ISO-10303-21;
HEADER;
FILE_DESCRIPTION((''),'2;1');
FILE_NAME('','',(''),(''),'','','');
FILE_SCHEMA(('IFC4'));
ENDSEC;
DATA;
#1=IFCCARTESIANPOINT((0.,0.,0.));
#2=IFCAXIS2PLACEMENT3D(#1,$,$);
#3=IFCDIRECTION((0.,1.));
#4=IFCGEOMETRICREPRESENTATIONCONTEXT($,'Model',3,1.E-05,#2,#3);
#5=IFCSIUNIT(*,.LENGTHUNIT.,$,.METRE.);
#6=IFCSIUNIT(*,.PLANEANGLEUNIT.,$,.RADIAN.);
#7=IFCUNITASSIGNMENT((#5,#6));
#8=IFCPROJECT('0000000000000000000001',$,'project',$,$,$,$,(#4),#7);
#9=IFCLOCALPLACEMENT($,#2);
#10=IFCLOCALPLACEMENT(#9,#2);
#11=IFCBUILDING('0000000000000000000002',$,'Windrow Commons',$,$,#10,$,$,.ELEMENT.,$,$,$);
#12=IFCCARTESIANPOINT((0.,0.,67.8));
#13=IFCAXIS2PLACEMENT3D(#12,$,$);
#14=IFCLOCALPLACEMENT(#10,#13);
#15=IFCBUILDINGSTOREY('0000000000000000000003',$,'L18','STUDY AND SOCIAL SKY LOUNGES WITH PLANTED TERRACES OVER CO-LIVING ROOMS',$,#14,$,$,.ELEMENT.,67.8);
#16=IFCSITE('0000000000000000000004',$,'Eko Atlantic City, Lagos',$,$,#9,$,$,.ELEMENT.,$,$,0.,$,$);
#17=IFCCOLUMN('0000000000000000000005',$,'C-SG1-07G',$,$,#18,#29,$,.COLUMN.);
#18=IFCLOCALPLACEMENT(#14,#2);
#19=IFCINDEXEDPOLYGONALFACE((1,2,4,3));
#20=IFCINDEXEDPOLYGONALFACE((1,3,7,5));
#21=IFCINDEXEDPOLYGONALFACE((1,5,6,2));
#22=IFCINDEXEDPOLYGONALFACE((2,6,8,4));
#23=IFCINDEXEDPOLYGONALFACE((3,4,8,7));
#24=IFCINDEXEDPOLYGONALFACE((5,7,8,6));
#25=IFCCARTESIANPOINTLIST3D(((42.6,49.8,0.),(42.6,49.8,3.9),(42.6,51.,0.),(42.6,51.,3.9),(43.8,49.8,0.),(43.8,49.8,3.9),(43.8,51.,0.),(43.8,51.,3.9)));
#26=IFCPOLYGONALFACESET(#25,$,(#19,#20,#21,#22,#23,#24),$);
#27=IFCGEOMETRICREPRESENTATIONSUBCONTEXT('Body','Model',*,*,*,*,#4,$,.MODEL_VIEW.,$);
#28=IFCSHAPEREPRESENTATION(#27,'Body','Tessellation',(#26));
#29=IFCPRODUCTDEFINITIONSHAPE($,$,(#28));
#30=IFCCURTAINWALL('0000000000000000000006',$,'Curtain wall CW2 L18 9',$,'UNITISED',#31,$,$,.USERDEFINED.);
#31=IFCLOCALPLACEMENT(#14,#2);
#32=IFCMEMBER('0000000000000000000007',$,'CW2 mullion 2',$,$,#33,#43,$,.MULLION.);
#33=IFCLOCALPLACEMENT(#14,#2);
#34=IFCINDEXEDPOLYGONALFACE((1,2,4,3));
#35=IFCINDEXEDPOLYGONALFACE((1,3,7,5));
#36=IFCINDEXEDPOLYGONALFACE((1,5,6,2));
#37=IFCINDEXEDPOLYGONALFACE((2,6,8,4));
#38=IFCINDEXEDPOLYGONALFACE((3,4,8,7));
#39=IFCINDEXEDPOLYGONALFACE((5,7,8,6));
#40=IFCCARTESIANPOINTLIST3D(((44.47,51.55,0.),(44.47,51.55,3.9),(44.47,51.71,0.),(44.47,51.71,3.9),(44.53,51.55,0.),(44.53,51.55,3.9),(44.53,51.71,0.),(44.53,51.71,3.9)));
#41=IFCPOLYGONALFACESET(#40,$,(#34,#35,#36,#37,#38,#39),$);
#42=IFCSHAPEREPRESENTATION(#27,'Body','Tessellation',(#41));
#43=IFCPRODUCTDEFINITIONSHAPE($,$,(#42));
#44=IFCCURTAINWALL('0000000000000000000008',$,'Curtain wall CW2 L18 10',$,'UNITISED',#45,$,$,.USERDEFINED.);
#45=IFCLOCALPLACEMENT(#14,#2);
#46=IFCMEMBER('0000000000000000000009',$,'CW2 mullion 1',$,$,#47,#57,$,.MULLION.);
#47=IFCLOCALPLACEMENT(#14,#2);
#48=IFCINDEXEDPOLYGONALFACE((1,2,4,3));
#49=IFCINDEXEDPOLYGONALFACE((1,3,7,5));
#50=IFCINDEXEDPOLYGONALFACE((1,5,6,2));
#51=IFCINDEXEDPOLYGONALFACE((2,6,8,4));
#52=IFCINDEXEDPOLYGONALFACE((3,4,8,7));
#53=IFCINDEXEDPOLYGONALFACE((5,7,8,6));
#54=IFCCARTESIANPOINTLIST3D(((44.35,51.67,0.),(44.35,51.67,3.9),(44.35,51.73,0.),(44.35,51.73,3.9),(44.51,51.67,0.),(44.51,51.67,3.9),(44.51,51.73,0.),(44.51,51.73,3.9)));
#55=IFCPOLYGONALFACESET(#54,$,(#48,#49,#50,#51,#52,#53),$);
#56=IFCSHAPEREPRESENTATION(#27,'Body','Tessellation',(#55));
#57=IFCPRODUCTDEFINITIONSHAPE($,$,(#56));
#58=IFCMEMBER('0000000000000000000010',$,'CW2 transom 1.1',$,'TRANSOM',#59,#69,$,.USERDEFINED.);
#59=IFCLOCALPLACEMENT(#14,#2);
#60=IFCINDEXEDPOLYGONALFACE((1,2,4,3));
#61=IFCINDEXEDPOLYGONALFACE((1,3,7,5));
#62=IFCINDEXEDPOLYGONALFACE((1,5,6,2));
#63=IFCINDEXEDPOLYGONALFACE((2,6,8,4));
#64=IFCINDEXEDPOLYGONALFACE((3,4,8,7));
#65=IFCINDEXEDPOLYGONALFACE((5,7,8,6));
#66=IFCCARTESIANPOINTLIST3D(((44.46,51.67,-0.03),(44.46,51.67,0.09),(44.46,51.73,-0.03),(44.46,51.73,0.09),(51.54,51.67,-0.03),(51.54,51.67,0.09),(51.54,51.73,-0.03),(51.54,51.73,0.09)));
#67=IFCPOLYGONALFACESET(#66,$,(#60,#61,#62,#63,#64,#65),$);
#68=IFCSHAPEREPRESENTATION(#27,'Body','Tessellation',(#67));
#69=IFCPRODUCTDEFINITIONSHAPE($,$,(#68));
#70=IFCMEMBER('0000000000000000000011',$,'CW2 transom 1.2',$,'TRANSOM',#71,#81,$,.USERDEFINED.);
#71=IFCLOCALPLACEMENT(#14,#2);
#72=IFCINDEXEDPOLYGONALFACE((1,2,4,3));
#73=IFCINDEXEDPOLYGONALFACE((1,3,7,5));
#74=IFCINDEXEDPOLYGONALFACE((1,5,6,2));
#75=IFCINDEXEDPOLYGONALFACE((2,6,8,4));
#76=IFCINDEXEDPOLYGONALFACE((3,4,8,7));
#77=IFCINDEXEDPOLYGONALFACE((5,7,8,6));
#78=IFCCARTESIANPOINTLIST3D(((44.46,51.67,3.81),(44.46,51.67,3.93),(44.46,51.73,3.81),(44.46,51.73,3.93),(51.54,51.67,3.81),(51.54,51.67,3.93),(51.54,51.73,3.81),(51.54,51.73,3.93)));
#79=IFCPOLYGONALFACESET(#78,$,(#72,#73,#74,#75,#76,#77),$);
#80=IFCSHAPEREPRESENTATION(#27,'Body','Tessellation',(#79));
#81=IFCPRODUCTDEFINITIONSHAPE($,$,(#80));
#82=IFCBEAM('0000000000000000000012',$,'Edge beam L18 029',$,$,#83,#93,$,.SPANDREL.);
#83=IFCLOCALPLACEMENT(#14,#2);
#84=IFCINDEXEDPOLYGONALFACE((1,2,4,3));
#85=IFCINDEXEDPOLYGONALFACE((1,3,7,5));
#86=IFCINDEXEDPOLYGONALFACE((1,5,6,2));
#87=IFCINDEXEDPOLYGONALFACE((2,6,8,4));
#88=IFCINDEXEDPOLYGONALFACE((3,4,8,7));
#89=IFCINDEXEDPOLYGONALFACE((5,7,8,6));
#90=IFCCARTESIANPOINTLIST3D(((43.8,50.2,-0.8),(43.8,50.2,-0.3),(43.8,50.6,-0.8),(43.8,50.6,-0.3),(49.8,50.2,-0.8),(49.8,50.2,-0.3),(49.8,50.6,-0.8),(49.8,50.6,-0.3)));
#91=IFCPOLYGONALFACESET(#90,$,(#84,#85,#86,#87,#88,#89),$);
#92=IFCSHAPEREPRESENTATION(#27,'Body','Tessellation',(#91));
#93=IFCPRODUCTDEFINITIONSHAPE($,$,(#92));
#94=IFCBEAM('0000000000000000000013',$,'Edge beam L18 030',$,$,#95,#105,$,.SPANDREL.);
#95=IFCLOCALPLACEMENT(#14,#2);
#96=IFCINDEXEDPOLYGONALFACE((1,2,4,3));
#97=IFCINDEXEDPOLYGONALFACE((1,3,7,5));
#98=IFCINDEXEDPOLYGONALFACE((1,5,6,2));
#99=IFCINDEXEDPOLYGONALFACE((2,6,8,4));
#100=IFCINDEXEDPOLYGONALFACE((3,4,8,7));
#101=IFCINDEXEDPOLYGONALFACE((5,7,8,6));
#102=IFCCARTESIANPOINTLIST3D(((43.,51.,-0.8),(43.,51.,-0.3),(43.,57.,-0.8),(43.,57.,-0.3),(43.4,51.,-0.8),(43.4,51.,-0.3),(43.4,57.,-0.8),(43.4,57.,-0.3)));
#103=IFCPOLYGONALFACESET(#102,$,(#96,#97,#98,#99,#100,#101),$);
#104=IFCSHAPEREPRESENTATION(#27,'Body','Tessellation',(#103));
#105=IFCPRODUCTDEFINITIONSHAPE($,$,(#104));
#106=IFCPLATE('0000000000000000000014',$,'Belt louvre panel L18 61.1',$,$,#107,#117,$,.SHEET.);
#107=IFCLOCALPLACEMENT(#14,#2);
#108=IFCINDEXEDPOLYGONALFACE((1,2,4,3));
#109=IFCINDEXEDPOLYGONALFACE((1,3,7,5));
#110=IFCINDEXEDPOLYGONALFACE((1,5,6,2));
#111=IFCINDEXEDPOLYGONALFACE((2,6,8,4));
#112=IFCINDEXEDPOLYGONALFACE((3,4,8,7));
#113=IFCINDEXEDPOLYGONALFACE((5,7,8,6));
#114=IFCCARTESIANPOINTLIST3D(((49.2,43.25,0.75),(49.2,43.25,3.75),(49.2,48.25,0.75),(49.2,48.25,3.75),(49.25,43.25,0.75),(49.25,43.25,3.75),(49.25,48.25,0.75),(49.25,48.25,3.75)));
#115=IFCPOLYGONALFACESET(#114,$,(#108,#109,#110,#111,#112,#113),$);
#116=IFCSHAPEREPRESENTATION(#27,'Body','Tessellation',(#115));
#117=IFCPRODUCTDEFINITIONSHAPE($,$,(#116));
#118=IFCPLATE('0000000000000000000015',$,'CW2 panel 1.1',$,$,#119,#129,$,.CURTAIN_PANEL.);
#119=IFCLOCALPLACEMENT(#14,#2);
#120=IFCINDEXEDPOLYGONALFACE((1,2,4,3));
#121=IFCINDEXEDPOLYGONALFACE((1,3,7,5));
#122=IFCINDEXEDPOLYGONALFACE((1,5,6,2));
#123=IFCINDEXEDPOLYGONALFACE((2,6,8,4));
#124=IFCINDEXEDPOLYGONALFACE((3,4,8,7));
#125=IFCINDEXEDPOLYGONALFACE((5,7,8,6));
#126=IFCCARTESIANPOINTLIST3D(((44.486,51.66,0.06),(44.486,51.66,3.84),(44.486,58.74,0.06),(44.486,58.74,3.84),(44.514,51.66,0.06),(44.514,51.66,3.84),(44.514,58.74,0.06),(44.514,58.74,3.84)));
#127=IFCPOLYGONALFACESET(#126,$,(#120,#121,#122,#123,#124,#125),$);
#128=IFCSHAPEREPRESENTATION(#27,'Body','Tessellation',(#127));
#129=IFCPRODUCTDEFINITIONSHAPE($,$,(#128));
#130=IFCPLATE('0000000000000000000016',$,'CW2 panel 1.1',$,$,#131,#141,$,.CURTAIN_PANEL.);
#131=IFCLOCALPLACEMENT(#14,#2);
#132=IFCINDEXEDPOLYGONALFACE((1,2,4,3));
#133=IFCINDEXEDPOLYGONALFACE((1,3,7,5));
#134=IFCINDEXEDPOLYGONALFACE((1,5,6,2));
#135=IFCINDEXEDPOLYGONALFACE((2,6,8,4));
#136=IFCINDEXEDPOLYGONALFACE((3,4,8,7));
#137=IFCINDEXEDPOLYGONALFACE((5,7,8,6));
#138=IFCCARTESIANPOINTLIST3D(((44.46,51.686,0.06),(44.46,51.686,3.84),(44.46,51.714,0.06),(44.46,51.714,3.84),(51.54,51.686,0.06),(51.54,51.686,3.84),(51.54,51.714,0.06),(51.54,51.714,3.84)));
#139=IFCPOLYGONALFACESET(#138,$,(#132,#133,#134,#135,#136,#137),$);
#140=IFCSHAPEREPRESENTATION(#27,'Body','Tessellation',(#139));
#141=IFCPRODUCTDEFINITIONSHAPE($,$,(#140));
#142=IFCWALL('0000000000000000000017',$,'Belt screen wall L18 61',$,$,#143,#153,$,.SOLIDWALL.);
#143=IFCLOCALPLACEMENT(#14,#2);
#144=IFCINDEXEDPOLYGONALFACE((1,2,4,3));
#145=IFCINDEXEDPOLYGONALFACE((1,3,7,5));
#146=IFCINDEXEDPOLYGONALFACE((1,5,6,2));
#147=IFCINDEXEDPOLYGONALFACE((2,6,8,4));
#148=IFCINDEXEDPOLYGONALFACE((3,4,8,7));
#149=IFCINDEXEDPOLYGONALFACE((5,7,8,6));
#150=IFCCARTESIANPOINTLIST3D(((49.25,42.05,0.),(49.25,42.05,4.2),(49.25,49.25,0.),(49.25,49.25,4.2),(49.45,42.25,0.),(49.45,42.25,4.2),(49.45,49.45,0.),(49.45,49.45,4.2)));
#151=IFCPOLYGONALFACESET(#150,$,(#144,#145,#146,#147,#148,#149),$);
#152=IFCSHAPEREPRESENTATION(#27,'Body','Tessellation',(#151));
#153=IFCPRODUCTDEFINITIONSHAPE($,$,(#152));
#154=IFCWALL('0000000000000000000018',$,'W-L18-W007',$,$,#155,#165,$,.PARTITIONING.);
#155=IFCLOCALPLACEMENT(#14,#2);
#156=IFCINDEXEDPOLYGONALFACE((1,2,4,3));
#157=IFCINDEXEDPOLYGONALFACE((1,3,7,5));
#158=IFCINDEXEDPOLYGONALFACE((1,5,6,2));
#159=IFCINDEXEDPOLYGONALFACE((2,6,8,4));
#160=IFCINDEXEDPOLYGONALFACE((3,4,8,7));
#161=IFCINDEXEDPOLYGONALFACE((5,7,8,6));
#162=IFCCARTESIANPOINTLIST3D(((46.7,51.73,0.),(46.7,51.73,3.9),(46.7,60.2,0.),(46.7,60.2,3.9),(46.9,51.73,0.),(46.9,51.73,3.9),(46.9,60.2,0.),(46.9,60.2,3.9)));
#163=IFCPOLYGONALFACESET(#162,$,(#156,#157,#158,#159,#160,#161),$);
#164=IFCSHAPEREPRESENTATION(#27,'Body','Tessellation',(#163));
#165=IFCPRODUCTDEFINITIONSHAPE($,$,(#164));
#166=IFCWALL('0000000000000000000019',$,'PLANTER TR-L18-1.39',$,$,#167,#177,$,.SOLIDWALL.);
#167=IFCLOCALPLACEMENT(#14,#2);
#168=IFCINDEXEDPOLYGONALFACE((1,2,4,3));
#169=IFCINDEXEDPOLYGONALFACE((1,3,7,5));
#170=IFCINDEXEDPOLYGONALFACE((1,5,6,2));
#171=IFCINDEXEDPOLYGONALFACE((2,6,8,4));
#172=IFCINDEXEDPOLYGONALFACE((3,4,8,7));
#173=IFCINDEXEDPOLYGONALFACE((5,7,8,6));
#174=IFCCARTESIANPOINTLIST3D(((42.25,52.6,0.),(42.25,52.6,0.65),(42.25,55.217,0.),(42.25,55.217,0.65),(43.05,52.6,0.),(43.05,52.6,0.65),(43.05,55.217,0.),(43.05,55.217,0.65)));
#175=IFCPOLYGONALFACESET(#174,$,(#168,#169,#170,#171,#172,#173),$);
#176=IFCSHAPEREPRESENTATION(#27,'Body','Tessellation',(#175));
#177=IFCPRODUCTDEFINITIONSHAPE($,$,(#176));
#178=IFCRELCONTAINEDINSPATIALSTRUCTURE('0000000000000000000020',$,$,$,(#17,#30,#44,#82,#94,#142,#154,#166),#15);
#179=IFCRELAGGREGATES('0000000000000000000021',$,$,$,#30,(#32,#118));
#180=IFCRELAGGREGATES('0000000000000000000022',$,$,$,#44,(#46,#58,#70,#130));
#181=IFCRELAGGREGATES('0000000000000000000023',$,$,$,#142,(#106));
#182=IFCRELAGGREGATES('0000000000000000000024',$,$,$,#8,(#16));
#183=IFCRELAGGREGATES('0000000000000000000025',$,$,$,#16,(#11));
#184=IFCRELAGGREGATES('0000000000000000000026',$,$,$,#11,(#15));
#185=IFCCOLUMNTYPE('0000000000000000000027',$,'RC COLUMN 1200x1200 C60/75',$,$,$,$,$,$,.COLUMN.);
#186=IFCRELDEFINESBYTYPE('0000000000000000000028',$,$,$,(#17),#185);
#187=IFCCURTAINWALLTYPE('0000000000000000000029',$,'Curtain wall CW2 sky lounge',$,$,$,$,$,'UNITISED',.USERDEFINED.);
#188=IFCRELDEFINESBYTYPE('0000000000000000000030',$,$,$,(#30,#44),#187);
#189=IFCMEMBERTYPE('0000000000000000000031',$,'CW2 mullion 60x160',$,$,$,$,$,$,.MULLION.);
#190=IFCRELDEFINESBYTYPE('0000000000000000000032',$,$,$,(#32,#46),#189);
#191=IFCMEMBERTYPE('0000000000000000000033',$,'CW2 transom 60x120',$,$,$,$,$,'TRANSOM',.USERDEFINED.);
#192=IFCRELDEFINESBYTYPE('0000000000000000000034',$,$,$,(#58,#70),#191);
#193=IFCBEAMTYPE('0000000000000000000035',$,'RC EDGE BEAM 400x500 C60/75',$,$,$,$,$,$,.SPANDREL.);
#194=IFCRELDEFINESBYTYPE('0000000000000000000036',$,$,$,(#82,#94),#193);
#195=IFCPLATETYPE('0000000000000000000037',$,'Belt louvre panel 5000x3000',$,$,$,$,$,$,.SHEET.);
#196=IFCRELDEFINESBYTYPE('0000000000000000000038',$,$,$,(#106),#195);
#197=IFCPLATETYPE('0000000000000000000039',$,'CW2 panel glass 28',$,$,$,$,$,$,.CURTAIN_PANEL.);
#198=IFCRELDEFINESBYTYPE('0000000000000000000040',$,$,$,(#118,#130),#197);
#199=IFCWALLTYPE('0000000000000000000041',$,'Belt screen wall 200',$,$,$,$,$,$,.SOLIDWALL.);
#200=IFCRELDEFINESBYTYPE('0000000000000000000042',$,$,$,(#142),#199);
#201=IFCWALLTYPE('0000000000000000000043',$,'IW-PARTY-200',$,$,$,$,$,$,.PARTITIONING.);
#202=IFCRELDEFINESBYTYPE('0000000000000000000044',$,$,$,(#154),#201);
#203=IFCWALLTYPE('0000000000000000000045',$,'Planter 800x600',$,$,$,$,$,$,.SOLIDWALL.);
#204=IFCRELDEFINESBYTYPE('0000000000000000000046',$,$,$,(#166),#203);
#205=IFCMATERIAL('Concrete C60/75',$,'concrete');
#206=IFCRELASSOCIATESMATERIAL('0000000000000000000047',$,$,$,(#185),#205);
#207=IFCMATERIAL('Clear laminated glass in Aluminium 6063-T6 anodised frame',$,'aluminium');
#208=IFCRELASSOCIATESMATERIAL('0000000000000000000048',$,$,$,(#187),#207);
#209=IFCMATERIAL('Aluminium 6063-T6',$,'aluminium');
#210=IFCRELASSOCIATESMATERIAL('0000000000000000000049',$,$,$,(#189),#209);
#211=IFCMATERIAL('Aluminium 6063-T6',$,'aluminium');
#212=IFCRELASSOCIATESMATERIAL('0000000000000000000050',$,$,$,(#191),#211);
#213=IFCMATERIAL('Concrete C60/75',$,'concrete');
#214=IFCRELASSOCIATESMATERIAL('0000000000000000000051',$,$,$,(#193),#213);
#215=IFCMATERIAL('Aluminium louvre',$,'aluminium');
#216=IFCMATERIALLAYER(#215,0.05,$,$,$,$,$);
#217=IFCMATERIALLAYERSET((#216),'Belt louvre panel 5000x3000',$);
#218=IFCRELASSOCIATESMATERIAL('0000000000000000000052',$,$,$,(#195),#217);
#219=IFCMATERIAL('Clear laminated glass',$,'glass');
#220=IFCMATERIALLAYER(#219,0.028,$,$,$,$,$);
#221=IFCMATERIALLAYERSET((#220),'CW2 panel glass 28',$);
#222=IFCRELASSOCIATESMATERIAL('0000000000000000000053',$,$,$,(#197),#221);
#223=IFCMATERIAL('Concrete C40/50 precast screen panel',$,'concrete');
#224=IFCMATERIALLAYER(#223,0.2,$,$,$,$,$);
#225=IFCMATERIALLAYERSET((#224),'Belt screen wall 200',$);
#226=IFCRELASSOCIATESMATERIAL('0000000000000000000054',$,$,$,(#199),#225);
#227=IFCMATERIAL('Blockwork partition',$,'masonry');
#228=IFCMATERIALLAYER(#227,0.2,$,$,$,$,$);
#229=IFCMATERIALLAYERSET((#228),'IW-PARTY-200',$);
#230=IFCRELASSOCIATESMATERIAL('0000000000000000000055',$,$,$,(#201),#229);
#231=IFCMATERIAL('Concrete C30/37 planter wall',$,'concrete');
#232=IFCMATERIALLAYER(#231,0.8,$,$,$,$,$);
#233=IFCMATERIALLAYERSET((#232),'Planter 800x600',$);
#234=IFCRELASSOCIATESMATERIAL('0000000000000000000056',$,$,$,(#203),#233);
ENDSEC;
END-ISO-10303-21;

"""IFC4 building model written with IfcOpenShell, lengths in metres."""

from ifc_helpers import new_model, si_unit, direction, frame, frame_2d, origin, origin_2d, place, context, subcontext, project, spatial, polyline, rectangle, outline, extrude, material, layer, layer_set, material_profile, profile_set, type_object, element, aggregate, save


model = new_model("IFC4")

# Units and contexts
model_context = context("Model", 3, precision=1e-05, world=origin(), true_north=direction((0.0, 1.0)))
body_context = subcontext(model_context, "Body", "Model", "MODEL_VIEW")
ifc_project = project(units=[si_unit("LENGTHUNIT", "METRE"), si_unit("PLANEANGLEUNIT", "RADIAN")], contexts=[model_context])

# Site, building, storey
site_placement = place(None, origin())
site = spatial("IfcSite", under=ifc_project, at=site_placement, Name="Eko Atlantic City, Lagos", CompositionType="ELEMENT", RefElevation=0.0)
building_placement = place(site_placement, origin())
building = spatial("IfcBuilding", under=site, at=building_placement, Name="Windrow Commons", CompositionType="ELEMENT")
storey_placement = place(building_placement, frame((0.0, 0.0, 67.8)))
storey = spatial("IfcBuildingStorey", under=building, at=storey_placement, Name="L18", Description="STUDY AND SOCIAL SKY LOUNGES WITH PLANTED TERRACES OVER CO-LIVING ROOMS", CompositionType="ELEMENT", Elevation=67.8)

# Column
ifc_material_1 = material(Name="Concrete C60/75", Category="concrete")
ifc_material_profile_1 = material_profile(ifc_material_1, rectangle(XDim=1.2, YDim=1.2, at=origin_2d()))
ifc_profile_set_1 = profile_set([ifc_material_profile_1], Name="Concrete C60/75")
column_type = type_object("IfcColumnType", Name="RC COLUMN 1200x1200 C60/75", PredefinedType="COLUMN", material=ifc_profile_set_1)
column_placement = place(storey_placement, frame((43.2, 50.4, 0.0), z_axis=(0.0, 0.0, 1.0), x_axis=(1.0, 0.0, 0.0)))
element("IfcColumn", 1, at=column_placement, inside=storey, type_object=column_type, Name="C-SG1-07G", PredefinedType="COLUMN", context=body_context, shape_type="SweptSolid", body=[
    extrude(rectangle(XDim=1.2, YDim=1.2, at=origin_2d()), origin(), (0.0, 0.0, 1.0), 3.9),
])

# Curtain wall, member
ifc_material_2 = material(Name="Clear laminated glass in Aluminium 6063-T6 anodised frame", Category="aluminium")
curtain_wall_type = type_object("IfcCurtainWallType", Name="Curtain wall CW2 sky lounge", ElementType="UNITISED", PredefinedType="USERDEFINED", material=ifc_material_2)
placement = place(storey_placement, origin())
curtain_wall_1 = element("IfcCurtainWall", 2, at=placement, inside=storey, type_object=curtain_wall_type, Name="Curtain wall CW2 L18 9", ObjectType="UNITISED", PredefinedType="USERDEFINED")
ifc_material_3 = material(Name="Aluminium 6063-T6", Category="aluminium")
ifc_material_profile_2 = material_profile(ifc_material_3, rectangle(XDim=0.06, YDim=0.16, at=origin_2d()))
ifc_profile_set_2 = profile_set([ifc_material_profile_2], Name="Aluminium 6063-T6")
member_type_1 = type_object("IfcMemberType", Name="CW2 mullion 60x160", PredefinedType="MULLION", material=ifc_profile_set_2)
member_1_placement = place(storey_placement, frame((44.5, 51.63, 0.0), z_axis=(0.0, 0.0, 1.0), x_axis=(1.0, 0.0, 0.0)))
member_1 = element("IfcMember", 3, at=member_1_placement, type_object=member_type_1, Name="CW2 mullion 2", PredefinedType="MULLION", context=body_context, shape_type="SweptSolid", body=[
    extrude(rectangle(XDim=0.06, YDim=0.16, at=origin_2d()), origin(), (0.0, 0.0, 1.0), 3.9),
])

# Curtain wall, members
curtain_wall_2 = element("IfcCurtainWall", 4, at=placement, inside=storey, type_object=curtain_wall_type, Name="Curtain wall CW2 L18 10", ObjectType="UNITISED", PredefinedType="USERDEFINED")
member_2_placement = place(storey_placement, frame((44.43, 51.7, 0.0), z_axis=(0.0, 0.0, 1.0), x_axis=(0.0, 1.0, 0.0)))
member_2 = element("IfcMember", 5, at=member_2_placement, type_object=member_type_1, Name="CW2 mullion 1", PredefinedType="MULLION", context=body_context, shape_type="SweptSolid", body=[
    extrude(rectangle(XDim=0.06, YDim=0.16, at=origin_2d()), origin(), (0.0, 0.0, 1.0), 3.9),
])
ifc_material_4 = material(Name="Aluminium 6063-T6", Category="aluminium")
ifc_material_profile_3 = material_profile(ifc_material_4, rectangle(XDim=0.06, YDim=0.12, at=origin_2d()))
ifc_profile_set_3 = profile_set([ifc_material_profile_3], Name="Aluminium 6063-T6")
member_type_2 = type_object("IfcMemberType", Name="CW2 transom 60x120", ElementType="TRANSOM", PredefinedType="USERDEFINED", material=ifc_profile_set_3)
member_3_placement = place(storey_placement, frame((44.46, 51.7, 0.03), z_axis=(1.0, 0.0, 0.0), x_axis=(0.0, 1.0, 0.0)))
member_3 = element("IfcMember", 6, at=member_3_placement, type_object=member_type_2, Name="CW2 transom 1.1", ObjectType="TRANSOM", PredefinedType="USERDEFINED", context=body_context, shape_type="SweptSolid", body=[
    extrude(rectangle(XDim=0.06, YDim=0.12, at=origin_2d()), origin(), (0.0, 0.0, 1.0), 7.08),
])
member_4_placement = place(storey_placement, frame((44.46, 51.7, 3.87), z_axis=(1.0, 0.0, 0.0), x_axis=(0.0, 1.0, 0.0)))
member_4 = element("IfcMember", 7, at=member_4_placement, type_object=member_type_2, Name="CW2 transom 1.2", ObjectType="TRANSOM", PredefinedType="USERDEFINED", context=body_context, shape_type="SweptSolid", body=[
    extrude(rectangle(XDim=0.06, YDim=0.12, at=origin_2d()), origin(), (0.0, 0.0, 1.0), 7.08),
])

# Beams
ifc_material_5 = material(Name="Concrete C60/75", Category="concrete")
ifc_material_profile_4 = material_profile(ifc_material_5, rectangle(XDim=0.4, YDim=0.5, at=origin_2d()))
ifc_profile_set_4 = profile_set([ifc_material_profile_4], Name="Concrete C60/75")
beam_type = type_object("IfcBeamType", Name="RC EDGE BEAM 400x500 C60/75", PredefinedType="SPANDREL", material=ifc_profile_set_4)
for number, where, z_axis, x_axis, name in (
    (8, (49.8, 50.4, -0.55), (-1.0, 0.0, 0.0), (0.0, -1.0, 0.0), "Edge beam L18 029"),
    (9, (43.2, 51.0, -0.55), (0.0, 1.0, 0.0), (-1.0, 0.0, 0.0), "Edge beam L18 030"),
):
    element("IfcBeam", number, at=place(storey_placement, frame(where, z_axis=z_axis, x_axis=x_axis)), inside=storey, type_object=beam_type, Name=name, PredefinedType="SPANDREL", context=body_context, shape_type="SweptSolid", body=[
        extrude(rectangle(XDim=0.4, YDim=0.5, at=origin_2d()), origin(), (0.0, 0.0, 1.0), 6.0),
    ])

# Plates
ifc_material_6 = material(Name="Aluminium louvre", Category="aluminium")
ifc_layer_1 = layer(ifc_material_6, 0.05)
ifc_layer_set_1 = layer_set([ifc_layer_1], Name="Belt louvre panel 5000x3000")
plate_type_1 = type_object("IfcPlateType", Name="Belt louvre panel 5000x3000", PredefinedType="SHEET", material=ifc_layer_set_1)
plate_1_placement = place(storey_placement, frame((49.2, 48.25, 0.75), z_axis=(-1.0, 0.0, 0.0), x_axis=(0.0, -1.0, 0.0)))
plate_1 = element("IfcPlate", 10, at=plate_1_placement, type_object=plate_type_1, Name="Belt louvre panel L18 61.1", PredefinedType="SHEET", context=body_context, shape_type="SweptSolid", body=[
    extrude(outline(polyline([(0.0, 0.0), (5.0, 0.0), (5.0, 3.0), (0.0, 3.0), (0.0, 0.0)])), origin(), (0.0, 0.0, -1.0), 0.05),
])
ifc_material_7 = material(Name="Clear laminated glass", Category="glass")
ifc_layer_2 = layer(ifc_material_7, 0.028)
ifc_layer_set_2 = layer_set([ifc_layer_2], Name="CW2 panel glass 28")
plate_type_2 = type_object("IfcPlateType", Name="CW2 panel glass 28", PredefinedType="CURTAIN_PANEL", material=ifc_layer_set_2)
plate_2_placement = place(storey_placement, frame((44.5, 55.2, 0.06), z_axis=(0.0, 0.0, 1.0), x_axis=(0.0, -1.0, 0.0)))
plate_2 = element("IfcPlate", 11, at=plate_2_placement, type_object=plate_type_2, Name="CW2 panel 1.1", PredefinedType="CURTAIN_PANEL", context=body_context, shape_type="SweptSolid", body=[
    extrude(rectangle(XDim=7.08, YDim=0.028, at=origin_2d()), origin(), (0.0, 0.0, 1.0), 3.78),
])
aggregate(curtain_wall_1, [member_1, plate_2])
plate_3_placement = place(storey_placement, frame((48.0, 51.7, 0.06), z_axis=(0.0, 0.0, 1.0), x_axis=(1.0, 0.0, 0.0)))
plate_3 = element("IfcPlate", 12, at=plate_3_placement, type_object=plate_type_2, Name="CW2 panel 1.1", PredefinedType="CURTAIN_PANEL", context=body_context, shape_type="SweptSolid", body=[
    extrude(rectangle(XDim=7.08, YDim=0.028, at=origin_2d()), origin(), (0.0, 0.0, 1.0), 3.78),
])
aggregate(curtain_wall_2, [member_2, member_3, member_4, plate_3])

# Wall
ifc_material_8 = material(Name="Concrete C40/50 precast screen panel", Category="concrete")
ifc_layer_3 = layer(ifc_material_8, 0.2)
ifc_layer_set_3 = layer_set([ifc_layer_3], Name="Belt screen wall 200")
wall_type_1 = type_object("IfcWallType", Name="Belt screen wall 200", PredefinedType="SOLIDWALL", material=ifc_layer_set_3)
wall_1_placement = place(storey_placement, frame((49.35, 49.35, 0.0), z_axis=(0.0, 0.0, 1.0), x_axis=(0.0, -1.0, 0.0)))
wall_1 = element("IfcWall", 13, at=wall_1_placement, inside=storey, type_object=wall_type_1, Name="Belt screen wall L18 61", PredefinedType="SOLIDWALL", context=body_context, shape_type="SweptSolid", body=[
    extrude(outline(polyline([(0.1, -0.1), (7.3, -0.1), (7.1, 0.1), (-0.1, 0.1), (0.1, -0.1)])), origin(), (0.0, 0.0, 1.0), 4.2),
])
aggregate(wall_1, [plate_1])

# Walls
ifc_material_9 = material(Name="Blockwork partition", Category="masonry")
ifc_layer_4 = layer(ifc_material_9, 0.2)
ifc_layer_set_4 = layer_set([ifc_layer_4], Name="IW-PARTY-200")
wall_type_2 = type_object("IfcWallType", Name="IW-PARTY-200", PredefinedType="PARTITIONING", material=ifc_layer_set_4)
wall_2_placement = place(storey_placement, frame((46.8, 51.73, 0.0), z_axis=(0.0, 0.0, 1.0), x_axis=(0.0, 1.0, 0.0)))
element("IfcWall", 14, at=wall_2_placement, inside=storey, type_object=wall_type_2, Name="W-L18-W007", PredefinedType="PARTITIONING", context=body_context, shape_type="SweptSolid", body=[
    extrude(rectangle(XDim=8.47, YDim=0.2, at=frame_2d((4.235, 0.0))), origin(), (0.0, 0.0, 1.0), 3.9),
])
ifc_material_10 = material(Name="Concrete C30/37 planter wall", Category="concrete")
ifc_layer_5 = layer(ifc_material_10, 0.8)
ifc_layer_set_5 = layer_set([ifc_layer_5], Name="Planter 800x600")
wall_type_3 = type_object("IfcWallType", Name="Planter 800x600", PredefinedType="SOLIDWALL", material=ifc_layer_set_5)
wall_3_placement = place(storey_placement, frame((42.65, 55.217, 0.0), z_axis=(0.0, 0.0, 1.0), x_axis=(0.0, -1.0, 0.0)))
element("IfcWall", 15, at=wall_3_placement, inside=storey, type_object=wall_type_3, Name="PLANTER TR-L18-1.39", PredefinedType="SOLIDWALL", context=body_context, shape_type="SweptSolid", body=[
    extrude(rectangle(XDim=2.617, YDim=0.8, at=frame_2d((1.3085, 0.0))), origin(), (0.0, 0.0, 1.0), 0.65),
])

save(model, "model.ifc")
